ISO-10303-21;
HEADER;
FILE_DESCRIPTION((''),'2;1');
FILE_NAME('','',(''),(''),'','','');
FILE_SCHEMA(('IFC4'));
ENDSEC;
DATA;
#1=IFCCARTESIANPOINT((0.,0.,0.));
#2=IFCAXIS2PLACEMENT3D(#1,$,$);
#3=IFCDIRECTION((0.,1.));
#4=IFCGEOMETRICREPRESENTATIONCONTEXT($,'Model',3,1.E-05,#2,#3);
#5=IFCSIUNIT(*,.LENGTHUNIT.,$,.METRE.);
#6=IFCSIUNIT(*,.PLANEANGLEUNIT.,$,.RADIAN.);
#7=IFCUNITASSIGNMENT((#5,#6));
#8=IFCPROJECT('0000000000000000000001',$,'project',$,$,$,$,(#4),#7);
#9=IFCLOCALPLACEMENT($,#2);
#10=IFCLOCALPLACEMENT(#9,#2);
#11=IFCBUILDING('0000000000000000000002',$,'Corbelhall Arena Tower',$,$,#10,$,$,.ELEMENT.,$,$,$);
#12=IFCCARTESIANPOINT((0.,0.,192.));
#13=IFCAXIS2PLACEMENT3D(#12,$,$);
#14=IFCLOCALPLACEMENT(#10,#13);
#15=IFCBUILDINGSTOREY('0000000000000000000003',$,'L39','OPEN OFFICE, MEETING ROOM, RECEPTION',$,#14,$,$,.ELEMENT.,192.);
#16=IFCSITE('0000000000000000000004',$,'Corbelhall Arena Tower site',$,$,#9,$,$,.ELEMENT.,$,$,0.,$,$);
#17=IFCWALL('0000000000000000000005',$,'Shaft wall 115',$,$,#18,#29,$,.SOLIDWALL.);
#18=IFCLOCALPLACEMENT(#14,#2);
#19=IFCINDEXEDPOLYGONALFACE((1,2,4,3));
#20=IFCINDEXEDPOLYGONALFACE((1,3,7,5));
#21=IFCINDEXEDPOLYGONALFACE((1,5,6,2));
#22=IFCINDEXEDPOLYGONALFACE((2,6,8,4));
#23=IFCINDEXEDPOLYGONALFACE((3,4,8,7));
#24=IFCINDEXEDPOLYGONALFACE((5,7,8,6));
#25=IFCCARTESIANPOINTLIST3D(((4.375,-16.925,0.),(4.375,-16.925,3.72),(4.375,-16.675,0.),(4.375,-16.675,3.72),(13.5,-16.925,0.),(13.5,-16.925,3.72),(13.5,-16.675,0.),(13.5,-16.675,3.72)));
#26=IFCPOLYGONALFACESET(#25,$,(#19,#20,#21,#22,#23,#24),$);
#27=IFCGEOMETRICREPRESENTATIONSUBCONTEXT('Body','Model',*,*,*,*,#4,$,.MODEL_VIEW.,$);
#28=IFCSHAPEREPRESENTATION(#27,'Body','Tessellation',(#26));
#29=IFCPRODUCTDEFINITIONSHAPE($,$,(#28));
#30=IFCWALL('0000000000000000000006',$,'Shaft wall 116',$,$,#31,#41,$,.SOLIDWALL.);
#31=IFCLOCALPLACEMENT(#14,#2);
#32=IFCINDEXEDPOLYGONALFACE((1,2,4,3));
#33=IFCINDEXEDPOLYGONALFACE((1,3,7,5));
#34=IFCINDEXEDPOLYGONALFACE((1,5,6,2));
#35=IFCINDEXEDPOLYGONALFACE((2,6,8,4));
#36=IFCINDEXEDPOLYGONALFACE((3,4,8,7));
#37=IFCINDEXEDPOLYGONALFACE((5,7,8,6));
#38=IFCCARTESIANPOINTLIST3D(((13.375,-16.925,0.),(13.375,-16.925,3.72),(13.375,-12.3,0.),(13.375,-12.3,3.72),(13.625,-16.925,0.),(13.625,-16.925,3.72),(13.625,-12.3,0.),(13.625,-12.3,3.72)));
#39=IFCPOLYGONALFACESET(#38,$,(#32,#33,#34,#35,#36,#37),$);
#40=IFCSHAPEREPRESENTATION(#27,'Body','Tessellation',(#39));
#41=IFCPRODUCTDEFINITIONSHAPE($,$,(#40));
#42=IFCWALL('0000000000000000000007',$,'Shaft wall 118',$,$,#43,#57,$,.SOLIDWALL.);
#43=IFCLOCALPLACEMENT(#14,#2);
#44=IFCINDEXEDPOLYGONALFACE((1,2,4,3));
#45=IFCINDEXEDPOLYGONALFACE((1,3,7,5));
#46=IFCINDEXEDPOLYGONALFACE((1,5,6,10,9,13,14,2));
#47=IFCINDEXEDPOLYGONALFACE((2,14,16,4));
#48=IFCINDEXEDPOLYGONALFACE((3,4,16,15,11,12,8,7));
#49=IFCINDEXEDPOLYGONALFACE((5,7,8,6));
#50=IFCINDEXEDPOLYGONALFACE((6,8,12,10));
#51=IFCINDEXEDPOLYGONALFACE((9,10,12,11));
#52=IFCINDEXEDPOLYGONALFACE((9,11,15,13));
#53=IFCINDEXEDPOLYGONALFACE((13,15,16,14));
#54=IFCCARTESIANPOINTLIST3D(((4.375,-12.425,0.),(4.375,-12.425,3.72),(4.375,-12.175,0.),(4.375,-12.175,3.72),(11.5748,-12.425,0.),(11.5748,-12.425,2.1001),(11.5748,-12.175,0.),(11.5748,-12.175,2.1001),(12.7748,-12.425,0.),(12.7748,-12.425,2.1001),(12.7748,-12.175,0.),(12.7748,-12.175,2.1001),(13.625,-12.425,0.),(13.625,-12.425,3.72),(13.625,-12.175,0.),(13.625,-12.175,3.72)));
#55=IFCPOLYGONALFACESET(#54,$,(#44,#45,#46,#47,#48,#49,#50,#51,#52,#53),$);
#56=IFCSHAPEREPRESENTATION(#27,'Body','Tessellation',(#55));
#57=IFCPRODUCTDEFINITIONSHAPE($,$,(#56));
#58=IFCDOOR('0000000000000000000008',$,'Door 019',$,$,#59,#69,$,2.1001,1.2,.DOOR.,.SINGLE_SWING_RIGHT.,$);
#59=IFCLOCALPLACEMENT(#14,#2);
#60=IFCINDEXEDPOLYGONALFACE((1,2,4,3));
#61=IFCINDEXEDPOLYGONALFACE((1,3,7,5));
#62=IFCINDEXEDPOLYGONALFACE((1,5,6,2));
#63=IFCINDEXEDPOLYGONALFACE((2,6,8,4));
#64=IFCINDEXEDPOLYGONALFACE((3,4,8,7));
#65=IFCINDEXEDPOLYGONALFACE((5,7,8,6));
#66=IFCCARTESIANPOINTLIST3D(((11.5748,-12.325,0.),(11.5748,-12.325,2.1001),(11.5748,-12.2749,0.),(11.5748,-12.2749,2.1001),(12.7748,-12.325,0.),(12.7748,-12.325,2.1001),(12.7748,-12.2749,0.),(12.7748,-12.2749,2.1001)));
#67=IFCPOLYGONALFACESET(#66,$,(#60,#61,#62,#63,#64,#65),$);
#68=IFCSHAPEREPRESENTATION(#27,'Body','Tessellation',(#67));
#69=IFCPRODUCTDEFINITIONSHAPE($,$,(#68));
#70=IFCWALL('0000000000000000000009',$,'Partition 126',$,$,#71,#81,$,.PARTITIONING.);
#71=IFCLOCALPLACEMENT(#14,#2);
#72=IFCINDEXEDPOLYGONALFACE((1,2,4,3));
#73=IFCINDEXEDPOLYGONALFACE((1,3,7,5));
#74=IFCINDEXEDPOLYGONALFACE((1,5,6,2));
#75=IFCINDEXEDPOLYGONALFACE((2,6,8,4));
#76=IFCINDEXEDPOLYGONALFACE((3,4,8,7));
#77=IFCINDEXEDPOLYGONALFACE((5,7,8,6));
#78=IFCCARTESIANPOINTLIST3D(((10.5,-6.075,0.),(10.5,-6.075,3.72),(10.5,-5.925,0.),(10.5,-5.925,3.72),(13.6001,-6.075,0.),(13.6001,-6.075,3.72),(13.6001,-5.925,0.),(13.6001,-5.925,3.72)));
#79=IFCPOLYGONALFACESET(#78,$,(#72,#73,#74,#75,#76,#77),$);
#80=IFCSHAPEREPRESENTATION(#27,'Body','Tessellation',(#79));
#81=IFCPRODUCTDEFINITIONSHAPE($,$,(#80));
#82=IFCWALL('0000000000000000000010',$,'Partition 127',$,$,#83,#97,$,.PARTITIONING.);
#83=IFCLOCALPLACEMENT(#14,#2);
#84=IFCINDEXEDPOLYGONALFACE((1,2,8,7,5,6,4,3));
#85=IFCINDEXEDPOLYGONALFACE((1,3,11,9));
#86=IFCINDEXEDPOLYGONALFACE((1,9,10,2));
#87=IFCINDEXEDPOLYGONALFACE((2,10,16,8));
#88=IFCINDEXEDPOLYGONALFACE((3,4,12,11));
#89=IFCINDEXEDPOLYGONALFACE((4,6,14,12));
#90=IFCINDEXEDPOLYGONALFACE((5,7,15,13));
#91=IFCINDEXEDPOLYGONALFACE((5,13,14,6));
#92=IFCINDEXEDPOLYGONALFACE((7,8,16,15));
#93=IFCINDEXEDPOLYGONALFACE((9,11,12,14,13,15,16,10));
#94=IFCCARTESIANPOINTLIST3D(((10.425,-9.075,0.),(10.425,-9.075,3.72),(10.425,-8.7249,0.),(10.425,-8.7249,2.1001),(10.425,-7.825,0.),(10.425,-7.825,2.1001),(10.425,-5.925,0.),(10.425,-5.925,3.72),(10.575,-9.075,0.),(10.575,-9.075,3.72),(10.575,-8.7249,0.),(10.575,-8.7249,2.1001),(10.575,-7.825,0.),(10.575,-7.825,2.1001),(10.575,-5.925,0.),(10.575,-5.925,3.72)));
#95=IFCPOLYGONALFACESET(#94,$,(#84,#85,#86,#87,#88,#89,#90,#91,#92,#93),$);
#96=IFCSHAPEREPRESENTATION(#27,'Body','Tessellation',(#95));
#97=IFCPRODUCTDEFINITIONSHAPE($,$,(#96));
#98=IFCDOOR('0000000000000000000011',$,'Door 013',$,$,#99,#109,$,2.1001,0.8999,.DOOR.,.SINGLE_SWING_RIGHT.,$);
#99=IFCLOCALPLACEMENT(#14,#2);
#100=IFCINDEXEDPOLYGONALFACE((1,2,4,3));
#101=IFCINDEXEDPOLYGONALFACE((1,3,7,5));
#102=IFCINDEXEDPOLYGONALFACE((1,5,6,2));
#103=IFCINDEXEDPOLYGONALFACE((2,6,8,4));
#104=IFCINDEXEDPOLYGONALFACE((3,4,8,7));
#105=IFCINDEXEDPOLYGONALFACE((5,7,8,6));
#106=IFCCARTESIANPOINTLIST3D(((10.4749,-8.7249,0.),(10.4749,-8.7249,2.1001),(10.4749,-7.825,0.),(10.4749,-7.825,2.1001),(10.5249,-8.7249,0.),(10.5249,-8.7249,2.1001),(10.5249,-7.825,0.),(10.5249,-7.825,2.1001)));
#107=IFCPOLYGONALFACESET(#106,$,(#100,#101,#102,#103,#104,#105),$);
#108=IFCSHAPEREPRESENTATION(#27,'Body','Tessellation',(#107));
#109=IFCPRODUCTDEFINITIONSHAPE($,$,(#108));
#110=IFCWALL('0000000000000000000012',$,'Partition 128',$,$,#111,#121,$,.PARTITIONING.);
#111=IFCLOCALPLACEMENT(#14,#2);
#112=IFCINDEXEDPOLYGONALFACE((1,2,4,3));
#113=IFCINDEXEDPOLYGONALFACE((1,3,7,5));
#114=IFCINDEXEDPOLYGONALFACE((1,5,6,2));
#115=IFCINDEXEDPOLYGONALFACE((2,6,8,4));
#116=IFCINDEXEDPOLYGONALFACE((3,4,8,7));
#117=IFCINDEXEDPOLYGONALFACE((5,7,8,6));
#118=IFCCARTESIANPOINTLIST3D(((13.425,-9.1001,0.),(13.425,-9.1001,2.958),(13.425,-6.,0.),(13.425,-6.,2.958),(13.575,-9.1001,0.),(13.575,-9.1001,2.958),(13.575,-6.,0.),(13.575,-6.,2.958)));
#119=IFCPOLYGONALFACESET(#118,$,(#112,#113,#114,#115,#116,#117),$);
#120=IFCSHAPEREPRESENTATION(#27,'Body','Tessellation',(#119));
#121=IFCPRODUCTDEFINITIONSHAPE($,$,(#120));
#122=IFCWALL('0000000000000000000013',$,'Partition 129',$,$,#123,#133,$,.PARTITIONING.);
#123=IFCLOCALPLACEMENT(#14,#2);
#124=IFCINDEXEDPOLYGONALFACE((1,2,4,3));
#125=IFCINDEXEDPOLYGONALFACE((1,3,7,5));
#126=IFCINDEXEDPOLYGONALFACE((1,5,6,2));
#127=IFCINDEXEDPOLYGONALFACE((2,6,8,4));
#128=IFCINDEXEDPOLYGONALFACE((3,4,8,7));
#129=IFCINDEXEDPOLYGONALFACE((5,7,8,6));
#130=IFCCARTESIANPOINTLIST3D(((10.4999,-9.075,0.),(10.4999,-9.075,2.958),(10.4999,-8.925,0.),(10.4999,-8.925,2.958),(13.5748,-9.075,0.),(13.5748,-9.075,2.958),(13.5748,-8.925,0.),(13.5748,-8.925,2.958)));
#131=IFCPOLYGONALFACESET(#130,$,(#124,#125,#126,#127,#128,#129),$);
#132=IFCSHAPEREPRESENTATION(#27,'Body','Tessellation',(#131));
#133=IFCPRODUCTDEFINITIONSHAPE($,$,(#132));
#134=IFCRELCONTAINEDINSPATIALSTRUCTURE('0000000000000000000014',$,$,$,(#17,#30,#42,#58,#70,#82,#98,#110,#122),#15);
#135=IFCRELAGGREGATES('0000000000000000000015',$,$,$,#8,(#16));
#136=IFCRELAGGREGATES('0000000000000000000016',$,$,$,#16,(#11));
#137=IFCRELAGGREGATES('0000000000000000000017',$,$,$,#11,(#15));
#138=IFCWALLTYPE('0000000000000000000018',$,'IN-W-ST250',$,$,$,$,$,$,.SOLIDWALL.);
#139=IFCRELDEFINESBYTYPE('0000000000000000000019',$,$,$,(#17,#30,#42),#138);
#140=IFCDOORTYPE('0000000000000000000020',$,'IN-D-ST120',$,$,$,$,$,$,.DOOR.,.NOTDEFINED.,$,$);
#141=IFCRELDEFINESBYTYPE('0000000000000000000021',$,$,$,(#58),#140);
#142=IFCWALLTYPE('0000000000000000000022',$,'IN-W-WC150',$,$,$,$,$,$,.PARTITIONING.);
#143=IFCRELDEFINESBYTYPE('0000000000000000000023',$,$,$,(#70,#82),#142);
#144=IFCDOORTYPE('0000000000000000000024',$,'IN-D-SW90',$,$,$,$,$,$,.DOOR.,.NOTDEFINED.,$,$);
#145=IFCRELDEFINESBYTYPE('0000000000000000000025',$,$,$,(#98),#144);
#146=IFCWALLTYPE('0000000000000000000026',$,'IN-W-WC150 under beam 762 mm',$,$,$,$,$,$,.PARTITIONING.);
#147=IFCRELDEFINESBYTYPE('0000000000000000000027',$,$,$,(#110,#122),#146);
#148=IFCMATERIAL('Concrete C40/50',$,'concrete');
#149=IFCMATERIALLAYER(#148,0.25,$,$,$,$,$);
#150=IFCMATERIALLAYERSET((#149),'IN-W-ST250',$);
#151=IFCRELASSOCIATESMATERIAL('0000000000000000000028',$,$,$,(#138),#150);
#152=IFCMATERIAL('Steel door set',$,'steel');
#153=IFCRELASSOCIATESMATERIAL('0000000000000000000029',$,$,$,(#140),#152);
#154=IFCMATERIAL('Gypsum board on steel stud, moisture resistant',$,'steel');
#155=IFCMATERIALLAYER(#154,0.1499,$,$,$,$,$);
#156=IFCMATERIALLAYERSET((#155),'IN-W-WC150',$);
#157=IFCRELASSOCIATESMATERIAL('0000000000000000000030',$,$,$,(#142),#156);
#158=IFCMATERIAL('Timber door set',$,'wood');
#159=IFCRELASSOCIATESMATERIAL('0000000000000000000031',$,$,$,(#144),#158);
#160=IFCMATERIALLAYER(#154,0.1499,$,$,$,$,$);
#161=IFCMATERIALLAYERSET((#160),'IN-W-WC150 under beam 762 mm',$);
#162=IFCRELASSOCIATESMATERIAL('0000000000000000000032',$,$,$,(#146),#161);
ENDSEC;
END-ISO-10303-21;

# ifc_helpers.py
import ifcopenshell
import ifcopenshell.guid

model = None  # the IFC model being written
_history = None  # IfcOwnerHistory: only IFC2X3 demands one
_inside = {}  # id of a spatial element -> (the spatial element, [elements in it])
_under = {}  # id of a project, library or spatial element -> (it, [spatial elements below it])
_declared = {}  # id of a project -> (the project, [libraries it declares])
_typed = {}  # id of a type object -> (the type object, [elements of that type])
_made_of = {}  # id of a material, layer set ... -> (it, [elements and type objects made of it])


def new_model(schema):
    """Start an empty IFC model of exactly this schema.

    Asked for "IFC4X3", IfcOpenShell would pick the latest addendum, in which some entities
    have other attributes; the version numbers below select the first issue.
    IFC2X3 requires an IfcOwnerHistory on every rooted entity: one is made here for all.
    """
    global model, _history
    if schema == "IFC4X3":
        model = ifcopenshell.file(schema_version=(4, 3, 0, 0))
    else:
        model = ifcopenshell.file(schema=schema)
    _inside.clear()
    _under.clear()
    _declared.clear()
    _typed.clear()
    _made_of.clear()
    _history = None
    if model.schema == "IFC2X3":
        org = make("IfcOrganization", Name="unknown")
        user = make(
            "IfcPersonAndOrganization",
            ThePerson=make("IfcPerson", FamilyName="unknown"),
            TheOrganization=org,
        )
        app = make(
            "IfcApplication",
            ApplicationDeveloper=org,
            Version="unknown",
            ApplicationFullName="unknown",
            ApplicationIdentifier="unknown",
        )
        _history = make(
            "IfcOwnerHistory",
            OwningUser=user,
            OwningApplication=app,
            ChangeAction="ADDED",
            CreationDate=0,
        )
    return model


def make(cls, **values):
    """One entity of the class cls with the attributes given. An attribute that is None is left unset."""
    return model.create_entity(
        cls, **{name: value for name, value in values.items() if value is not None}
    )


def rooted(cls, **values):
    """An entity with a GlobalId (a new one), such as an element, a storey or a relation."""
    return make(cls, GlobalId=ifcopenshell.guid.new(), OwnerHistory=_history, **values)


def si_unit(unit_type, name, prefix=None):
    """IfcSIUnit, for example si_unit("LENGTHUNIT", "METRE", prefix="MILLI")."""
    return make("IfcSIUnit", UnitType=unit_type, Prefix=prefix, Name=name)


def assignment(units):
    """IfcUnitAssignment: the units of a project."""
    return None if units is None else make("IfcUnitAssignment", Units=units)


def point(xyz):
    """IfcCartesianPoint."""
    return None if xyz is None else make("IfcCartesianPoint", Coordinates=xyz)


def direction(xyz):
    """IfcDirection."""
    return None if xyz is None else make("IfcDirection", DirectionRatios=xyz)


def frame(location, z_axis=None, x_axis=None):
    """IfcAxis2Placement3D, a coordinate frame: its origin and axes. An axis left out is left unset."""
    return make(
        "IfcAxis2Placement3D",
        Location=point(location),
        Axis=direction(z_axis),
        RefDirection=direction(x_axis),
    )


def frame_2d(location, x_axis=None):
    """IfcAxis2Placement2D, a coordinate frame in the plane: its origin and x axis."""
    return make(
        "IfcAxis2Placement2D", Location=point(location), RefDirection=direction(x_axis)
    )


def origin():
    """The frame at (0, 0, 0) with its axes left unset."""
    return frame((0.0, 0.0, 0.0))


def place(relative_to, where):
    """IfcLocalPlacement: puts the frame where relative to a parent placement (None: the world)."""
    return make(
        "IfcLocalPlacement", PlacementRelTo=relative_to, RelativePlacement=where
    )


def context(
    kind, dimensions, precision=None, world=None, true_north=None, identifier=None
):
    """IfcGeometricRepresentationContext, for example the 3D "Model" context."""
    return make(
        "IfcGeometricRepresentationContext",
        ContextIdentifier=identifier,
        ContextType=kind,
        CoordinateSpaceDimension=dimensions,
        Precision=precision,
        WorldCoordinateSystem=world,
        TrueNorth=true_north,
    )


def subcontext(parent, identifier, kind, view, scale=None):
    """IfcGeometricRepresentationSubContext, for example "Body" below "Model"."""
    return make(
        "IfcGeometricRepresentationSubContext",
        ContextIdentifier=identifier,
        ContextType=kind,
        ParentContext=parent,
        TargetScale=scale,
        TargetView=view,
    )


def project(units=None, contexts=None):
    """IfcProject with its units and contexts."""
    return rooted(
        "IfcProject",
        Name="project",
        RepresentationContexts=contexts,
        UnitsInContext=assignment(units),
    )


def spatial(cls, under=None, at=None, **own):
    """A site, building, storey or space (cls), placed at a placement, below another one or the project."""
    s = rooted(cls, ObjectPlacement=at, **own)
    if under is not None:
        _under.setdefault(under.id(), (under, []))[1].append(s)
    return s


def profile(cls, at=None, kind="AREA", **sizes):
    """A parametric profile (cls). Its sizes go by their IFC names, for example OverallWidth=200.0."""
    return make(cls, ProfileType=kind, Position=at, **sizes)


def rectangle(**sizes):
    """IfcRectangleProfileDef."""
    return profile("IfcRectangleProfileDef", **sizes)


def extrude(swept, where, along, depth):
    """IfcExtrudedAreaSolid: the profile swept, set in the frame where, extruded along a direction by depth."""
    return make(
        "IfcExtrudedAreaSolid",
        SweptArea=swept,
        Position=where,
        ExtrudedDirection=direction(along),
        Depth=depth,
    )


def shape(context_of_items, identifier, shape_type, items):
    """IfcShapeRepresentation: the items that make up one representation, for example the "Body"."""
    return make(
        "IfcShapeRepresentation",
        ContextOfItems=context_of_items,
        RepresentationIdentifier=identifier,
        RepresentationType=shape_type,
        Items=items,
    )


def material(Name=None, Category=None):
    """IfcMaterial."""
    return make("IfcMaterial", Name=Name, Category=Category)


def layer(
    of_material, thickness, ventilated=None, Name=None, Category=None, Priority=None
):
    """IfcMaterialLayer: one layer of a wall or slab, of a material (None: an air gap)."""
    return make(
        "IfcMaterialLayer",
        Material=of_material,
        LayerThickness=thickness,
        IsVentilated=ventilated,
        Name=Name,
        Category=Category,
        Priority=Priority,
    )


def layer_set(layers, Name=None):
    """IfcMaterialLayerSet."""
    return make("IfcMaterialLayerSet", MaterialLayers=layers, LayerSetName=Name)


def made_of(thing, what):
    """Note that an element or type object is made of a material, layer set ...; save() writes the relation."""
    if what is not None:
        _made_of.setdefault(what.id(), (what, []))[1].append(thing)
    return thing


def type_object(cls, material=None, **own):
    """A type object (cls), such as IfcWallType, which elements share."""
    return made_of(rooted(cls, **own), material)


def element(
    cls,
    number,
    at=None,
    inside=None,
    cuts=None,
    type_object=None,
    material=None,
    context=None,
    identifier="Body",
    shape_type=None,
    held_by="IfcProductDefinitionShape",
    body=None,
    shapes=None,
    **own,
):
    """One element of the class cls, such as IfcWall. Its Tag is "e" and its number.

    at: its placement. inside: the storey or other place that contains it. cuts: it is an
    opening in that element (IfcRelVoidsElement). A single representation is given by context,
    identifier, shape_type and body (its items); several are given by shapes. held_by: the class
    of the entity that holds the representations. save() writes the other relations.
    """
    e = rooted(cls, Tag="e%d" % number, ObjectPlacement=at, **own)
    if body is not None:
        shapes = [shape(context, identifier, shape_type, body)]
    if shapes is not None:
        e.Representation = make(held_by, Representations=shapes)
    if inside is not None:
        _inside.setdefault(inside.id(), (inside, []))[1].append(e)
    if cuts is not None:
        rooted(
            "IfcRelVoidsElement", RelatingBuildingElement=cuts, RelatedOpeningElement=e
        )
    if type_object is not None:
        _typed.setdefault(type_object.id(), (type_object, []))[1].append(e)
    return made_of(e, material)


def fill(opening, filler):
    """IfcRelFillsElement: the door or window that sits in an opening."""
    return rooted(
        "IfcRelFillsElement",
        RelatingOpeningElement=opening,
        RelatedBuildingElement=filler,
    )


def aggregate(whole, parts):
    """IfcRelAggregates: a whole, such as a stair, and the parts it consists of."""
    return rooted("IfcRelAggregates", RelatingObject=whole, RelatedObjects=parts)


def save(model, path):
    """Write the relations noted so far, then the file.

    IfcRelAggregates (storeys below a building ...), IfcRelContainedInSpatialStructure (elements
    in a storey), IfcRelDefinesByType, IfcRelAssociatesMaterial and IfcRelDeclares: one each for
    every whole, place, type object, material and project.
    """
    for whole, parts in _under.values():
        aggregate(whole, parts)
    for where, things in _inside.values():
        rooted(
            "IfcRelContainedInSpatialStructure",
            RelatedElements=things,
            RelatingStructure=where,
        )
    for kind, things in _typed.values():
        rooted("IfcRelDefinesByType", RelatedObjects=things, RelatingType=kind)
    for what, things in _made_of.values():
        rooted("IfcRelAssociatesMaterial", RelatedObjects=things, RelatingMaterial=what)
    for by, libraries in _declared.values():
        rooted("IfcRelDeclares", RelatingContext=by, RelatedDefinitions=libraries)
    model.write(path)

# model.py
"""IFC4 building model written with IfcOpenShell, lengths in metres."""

from ifc_helpers import new_model, si_unit, direction, frame, frame_2d, origin, place, context, subcontext, project, spatial, rectangle, extrude, material, layer, layer_set, type_object, element, fill, save


model = new_model("IFC4")

# Units and contexts
model_context = context("Model", 3, precision=1e-05, world=origin(), true_north=direction((0.0, 1.0)))
body_context = subcontext(model_context, "Body", "Model", "MODEL_VIEW")
ifc_project = project(units=[si_unit("LENGTHUNIT", "METRE"), si_unit("PLANEANGLEUNIT", "RADIAN")], contexts=[model_context])

# Site, building, storey
site_placement = place(None, origin())
site = spatial("IfcSite", under=ifc_project, at=site_placement, Name="Corbelhall Arena Tower site", CompositionType="ELEMENT", RefElevation=0.0)
building_placement = place(site_placement, origin())
building = spatial("IfcBuilding", under=site, at=building_placement, Name="Corbelhall Arena Tower", CompositionType="ELEMENT")
storey_placement = place(building_placement, frame((0.0, 0.0, 192.0)))
storey = spatial("IfcBuildingStorey", under=building, at=storey_placement, Name="L39", Description="OPEN OFFICE, MEETING ROOM, RECEPTION", CompositionType="ELEMENT", Elevation=192.0)

# Shared definitions
ifc_material_1 = material(Name="Steel door set", Category="steel")

# Walls
ifc_material_2 = material(Name="Concrete C40/50", Category="concrete")
ifc_layer_1 = layer(ifc_material_2, 0.25)
ifc_layer_set_1 = layer_set([ifc_layer_1], Name="IN-W-ST250")
wall_type_1 = type_object("IfcWallType", Name="IN-W-ST250", PredefinedType="SOLIDWALL", material=ifc_layer_set_1)
wall_1_placement = place(storey_placement, frame((13.5, -16.8, 0.0), z_axis=(0.0, 0.0, 1.0), x_axis=(-1.0, 0.0, 0.0)))
element("IfcWall", 1, at=wall_1_placement, inside=storey, type_object=wall_type_1, Name="Shaft wall 115", PredefinedType="SOLIDWALL", context=body_context, shape_type="SweptSolid", body=[
    extrude(rectangle(XDim=9.125, YDim=0.25, at=frame_2d((4.5625, 0.0))), origin(), (0.0, 0.0, 1.0), 3.72),
])
wall_2_placement = place(storey_placement, frame((13.5, -12.3, 0.0), z_axis=(0.0, 0.0, 1.0), x_axis=(0.0, -1.0, 0.0)))
element("IfcWall", 2, at=wall_2_placement, inside=storey, type_object=wall_type_1, Name="Shaft wall 116", PredefinedType="SOLIDWALL", context=body_context, shape_type="SweptSolid", body=[
    extrude(rectangle(XDim=4.625, YDim=0.25, at=frame_2d((2.3125, 0.0))), origin(), (0.0, 0.0, 1.0), 3.72),
])

# Wall, opening, door
wall_3_placement = place(storey_placement, frame((13.625, -12.3, 0.0), z_axis=(0.0, 0.0, 1.0), x_axis=(-1.0, 0.0, 0.0)))
wall_3 = element("IfcWall", 3, at=wall_3_placement, inside=storey, type_object=wall_type_1, Name="Shaft wall 118", PredefinedType="SOLIDWALL", context=body_context, shape_type="SweptSolid", body=[
    extrude(rectangle(XDim=9.25, YDim=0.25, at=frame_2d((4.625, 0.0))), origin(), (0.0, 0.0, 1.0), 3.72),
])
opening_1_placement = place(wall_3_placement, frame((0.8501, 0.0, 0.0)))
opening_1 = element("IfcOpeningElement", 4, at=opening_1_placement, cuts=wall_3, PredefinedType="OPENING", context=body_context, shape_type="SweptSolid", body=[
    extrude(rectangle(XDim=1.2, YDim=2.1001, at=frame_2d((0.6001, 1.05))), frame((0.0, 0.125, 0.0), z_axis=(0.0, -1.0, 0.0), x_axis=(1.0, 0.0, 0.0)), (0.0, 0.0, 1.0), 0.25),
])
door_type_1 = type_object("IfcDoorType", Name="IN-D-ST120", OperationType="NOTDEFINED", PredefinedType="DOOR", material=ifc_material_1)
door_1_placement = place(opening_1_placement, origin())
door_1 = element("IfcDoor", 5, at=door_1_placement, inside=storey, type_object=door_type_1, Name="Door 019", OperationType="SINGLE_SWING_RIGHT", OverallHeight=2.1001, OverallWidth=1.2, PredefinedType="DOOR", context=body_context, shape_type="SweptSolid", body=[
    extrude(rectangle(XDim=1.2, YDim=2.1001, at=frame_2d((0.6001, 1.05))), frame((0.0, 0.0249, 0.0), z_axis=(0.0, -1.0, 0.0), x_axis=(1.0, 0.0, 0.0)), (0.0, 0.0, 1.0), 0.05),
])
fill(opening_1, door_1)

# Wall
ifc_material_3 = material(Name="Gypsum board on steel stud, moisture resistant", Category="steel")
ifc_layer_2 = layer(ifc_material_3, 0.1499)
ifc_layer_set_2 = layer_set([ifc_layer_2], Name="IN-W-WC150")
wall_type_2 = type_object("IfcWallType", Name="IN-W-WC150", PredefinedType="PARTITIONING", material=ifc_layer_set_2)
wall_4_placement = place(storey_placement, frame((10.5, -6.0, 0.0), z_axis=(0.0, 0.0, 1.0), x_axis=(1.0, 0.0, 0.0)))
element("IfcWall", 6, at=wall_4_placement, inside=storey, type_object=wall_type_2, Name="Partition 126", PredefinedType="PARTITIONING", context=body_context, shape_type="SweptSolid", body=[
    extrude(rectangle(XDim=3.1001, YDim=0.1499, at=frame_2d((1.55, 0.0))), origin(), (0.0, 0.0, 1.0), 3.72),
])

# Wall, opening, door
wall_5_placement = place(storey_placement, frame((10.5, -5.925, 0.0), z_axis=(0.0, 0.0, 1.0), x_axis=(0.0, -1.0, 0.0)))
wall_5 = element("IfcWall", 7, at=wall_5_placement, inside=storey, type_object=wall_type_2, Name="Partition 127", PredefinedType="PARTITIONING", context=body_context, shape_type="SweptSolid", body=[
    extrude(rectangle(XDim=3.1499, YDim=0.1499, at=frame_2d((1.575, 0.0))), origin(), (0.0, 0.0, 1.0), 3.72),
])
opening_2_placement = place(wall_5_placement, frame((1.8999, 0.0, 0.0)))
opening_2 = element("IfcOpeningElement", 8, at=opening_2_placement, cuts=wall_5, PredefinedType="OPENING", context=body_context, shape_type="SweptSolid", body=[
    extrude(rectangle(XDim=0.8999, YDim=2.1001, at=frame_2d((0.45, 1.05))), frame((0.0, 0.075, 0.0), z_axis=(0.0, -1.0, 0.0), x_axis=(1.0, 0.0, 0.0)), (0.0, 0.0, 1.0), 0.1499),
])
ifc_material_4 = material(Name="Timber door set", Category="wood")
door_type_2 = type_object("IfcDoorType", Name="IN-D-SW90", OperationType="NOTDEFINED", PredefinedType="DOOR", material=ifc_material_4)
door_2_placement = place(opening_2_placement, origin())
door_2 = element("IfcDoor", 9, at=door_2_placement, inside=storey, type_object=door_type_2, Name="Door 013", OperationType="SINGLE_SWING_RIGHT", OverallHeight=2.1001, OverallWidth=0.8999, PredefinedType="DOOR", context=body_context, shape_type="SweptSolid", body=[
    extrude(rectangle(XDim=0.8999, YDim=2.1001, at=frame_2d((0.45, 1.05))), frame((0.0, 0.0249, 0.0), z_axis=(0.0, -1.0, 0.0), x_axis=(1.0, 0.0, 0.0)), (0.0, 0.0, 1.0), 0.05),
])
fill(opening_2, door_2)

# Walls
ifc_layer_3 = layer(ifc_material_3, 0.1499)
ifc_layer_set_3 = layer_set([ifc_layer_3], Name="IN-W-WC150 under beam 762 mm")
wall_type_3 = type_object("IfcWallType", Name="IN-W-WC150 under beam 762 mm", PredefinedType="PARTITIONING", material=ifc_layer_set_3)
wall_6_placement = place(storey_placement, frame((13.5, -6.0, 0.0), z_axis=(0.0, 0.0, 1.0), x_axis=(0.0, -1.0, 0.0)))
element("IfcWall", 10, at=wall_6_placement, inside=storey, type_object=wall_type_3, Name="Partition 128", PredefinedType="PARTITIONING", context=body_context, shape_type="SweptSolid", body=[
    extrude(rectangle(XDim=3.1001, YDim=0.1499, at=frame_2d((1.55, 0.0))), origin(), (0.0, 0.0, 1.0), 2.958),
])
wall_7_placement = place(storey_placement, frame((13.575, -9.0, 0.0), z_axis=(0.0, 0.0, 1.0), x_axis=(-1.0, 0.0, 0.0)))
element("IfcWall", 11, at=wall_7_placement, inside=storey, type_object=wall_type_3, Name="Partition 129", PredefinedType="PARTITIONING", context=body_context, shape_type="SweptSolid", body=[
    extrude(rectangle(XDim=3.075, YDim=0.1499, at=frame_2d((1.5376, 0.0))), origin(), (0.0, 0.0, 1.0), 2.958),
])

save(model, "model.ifc")
